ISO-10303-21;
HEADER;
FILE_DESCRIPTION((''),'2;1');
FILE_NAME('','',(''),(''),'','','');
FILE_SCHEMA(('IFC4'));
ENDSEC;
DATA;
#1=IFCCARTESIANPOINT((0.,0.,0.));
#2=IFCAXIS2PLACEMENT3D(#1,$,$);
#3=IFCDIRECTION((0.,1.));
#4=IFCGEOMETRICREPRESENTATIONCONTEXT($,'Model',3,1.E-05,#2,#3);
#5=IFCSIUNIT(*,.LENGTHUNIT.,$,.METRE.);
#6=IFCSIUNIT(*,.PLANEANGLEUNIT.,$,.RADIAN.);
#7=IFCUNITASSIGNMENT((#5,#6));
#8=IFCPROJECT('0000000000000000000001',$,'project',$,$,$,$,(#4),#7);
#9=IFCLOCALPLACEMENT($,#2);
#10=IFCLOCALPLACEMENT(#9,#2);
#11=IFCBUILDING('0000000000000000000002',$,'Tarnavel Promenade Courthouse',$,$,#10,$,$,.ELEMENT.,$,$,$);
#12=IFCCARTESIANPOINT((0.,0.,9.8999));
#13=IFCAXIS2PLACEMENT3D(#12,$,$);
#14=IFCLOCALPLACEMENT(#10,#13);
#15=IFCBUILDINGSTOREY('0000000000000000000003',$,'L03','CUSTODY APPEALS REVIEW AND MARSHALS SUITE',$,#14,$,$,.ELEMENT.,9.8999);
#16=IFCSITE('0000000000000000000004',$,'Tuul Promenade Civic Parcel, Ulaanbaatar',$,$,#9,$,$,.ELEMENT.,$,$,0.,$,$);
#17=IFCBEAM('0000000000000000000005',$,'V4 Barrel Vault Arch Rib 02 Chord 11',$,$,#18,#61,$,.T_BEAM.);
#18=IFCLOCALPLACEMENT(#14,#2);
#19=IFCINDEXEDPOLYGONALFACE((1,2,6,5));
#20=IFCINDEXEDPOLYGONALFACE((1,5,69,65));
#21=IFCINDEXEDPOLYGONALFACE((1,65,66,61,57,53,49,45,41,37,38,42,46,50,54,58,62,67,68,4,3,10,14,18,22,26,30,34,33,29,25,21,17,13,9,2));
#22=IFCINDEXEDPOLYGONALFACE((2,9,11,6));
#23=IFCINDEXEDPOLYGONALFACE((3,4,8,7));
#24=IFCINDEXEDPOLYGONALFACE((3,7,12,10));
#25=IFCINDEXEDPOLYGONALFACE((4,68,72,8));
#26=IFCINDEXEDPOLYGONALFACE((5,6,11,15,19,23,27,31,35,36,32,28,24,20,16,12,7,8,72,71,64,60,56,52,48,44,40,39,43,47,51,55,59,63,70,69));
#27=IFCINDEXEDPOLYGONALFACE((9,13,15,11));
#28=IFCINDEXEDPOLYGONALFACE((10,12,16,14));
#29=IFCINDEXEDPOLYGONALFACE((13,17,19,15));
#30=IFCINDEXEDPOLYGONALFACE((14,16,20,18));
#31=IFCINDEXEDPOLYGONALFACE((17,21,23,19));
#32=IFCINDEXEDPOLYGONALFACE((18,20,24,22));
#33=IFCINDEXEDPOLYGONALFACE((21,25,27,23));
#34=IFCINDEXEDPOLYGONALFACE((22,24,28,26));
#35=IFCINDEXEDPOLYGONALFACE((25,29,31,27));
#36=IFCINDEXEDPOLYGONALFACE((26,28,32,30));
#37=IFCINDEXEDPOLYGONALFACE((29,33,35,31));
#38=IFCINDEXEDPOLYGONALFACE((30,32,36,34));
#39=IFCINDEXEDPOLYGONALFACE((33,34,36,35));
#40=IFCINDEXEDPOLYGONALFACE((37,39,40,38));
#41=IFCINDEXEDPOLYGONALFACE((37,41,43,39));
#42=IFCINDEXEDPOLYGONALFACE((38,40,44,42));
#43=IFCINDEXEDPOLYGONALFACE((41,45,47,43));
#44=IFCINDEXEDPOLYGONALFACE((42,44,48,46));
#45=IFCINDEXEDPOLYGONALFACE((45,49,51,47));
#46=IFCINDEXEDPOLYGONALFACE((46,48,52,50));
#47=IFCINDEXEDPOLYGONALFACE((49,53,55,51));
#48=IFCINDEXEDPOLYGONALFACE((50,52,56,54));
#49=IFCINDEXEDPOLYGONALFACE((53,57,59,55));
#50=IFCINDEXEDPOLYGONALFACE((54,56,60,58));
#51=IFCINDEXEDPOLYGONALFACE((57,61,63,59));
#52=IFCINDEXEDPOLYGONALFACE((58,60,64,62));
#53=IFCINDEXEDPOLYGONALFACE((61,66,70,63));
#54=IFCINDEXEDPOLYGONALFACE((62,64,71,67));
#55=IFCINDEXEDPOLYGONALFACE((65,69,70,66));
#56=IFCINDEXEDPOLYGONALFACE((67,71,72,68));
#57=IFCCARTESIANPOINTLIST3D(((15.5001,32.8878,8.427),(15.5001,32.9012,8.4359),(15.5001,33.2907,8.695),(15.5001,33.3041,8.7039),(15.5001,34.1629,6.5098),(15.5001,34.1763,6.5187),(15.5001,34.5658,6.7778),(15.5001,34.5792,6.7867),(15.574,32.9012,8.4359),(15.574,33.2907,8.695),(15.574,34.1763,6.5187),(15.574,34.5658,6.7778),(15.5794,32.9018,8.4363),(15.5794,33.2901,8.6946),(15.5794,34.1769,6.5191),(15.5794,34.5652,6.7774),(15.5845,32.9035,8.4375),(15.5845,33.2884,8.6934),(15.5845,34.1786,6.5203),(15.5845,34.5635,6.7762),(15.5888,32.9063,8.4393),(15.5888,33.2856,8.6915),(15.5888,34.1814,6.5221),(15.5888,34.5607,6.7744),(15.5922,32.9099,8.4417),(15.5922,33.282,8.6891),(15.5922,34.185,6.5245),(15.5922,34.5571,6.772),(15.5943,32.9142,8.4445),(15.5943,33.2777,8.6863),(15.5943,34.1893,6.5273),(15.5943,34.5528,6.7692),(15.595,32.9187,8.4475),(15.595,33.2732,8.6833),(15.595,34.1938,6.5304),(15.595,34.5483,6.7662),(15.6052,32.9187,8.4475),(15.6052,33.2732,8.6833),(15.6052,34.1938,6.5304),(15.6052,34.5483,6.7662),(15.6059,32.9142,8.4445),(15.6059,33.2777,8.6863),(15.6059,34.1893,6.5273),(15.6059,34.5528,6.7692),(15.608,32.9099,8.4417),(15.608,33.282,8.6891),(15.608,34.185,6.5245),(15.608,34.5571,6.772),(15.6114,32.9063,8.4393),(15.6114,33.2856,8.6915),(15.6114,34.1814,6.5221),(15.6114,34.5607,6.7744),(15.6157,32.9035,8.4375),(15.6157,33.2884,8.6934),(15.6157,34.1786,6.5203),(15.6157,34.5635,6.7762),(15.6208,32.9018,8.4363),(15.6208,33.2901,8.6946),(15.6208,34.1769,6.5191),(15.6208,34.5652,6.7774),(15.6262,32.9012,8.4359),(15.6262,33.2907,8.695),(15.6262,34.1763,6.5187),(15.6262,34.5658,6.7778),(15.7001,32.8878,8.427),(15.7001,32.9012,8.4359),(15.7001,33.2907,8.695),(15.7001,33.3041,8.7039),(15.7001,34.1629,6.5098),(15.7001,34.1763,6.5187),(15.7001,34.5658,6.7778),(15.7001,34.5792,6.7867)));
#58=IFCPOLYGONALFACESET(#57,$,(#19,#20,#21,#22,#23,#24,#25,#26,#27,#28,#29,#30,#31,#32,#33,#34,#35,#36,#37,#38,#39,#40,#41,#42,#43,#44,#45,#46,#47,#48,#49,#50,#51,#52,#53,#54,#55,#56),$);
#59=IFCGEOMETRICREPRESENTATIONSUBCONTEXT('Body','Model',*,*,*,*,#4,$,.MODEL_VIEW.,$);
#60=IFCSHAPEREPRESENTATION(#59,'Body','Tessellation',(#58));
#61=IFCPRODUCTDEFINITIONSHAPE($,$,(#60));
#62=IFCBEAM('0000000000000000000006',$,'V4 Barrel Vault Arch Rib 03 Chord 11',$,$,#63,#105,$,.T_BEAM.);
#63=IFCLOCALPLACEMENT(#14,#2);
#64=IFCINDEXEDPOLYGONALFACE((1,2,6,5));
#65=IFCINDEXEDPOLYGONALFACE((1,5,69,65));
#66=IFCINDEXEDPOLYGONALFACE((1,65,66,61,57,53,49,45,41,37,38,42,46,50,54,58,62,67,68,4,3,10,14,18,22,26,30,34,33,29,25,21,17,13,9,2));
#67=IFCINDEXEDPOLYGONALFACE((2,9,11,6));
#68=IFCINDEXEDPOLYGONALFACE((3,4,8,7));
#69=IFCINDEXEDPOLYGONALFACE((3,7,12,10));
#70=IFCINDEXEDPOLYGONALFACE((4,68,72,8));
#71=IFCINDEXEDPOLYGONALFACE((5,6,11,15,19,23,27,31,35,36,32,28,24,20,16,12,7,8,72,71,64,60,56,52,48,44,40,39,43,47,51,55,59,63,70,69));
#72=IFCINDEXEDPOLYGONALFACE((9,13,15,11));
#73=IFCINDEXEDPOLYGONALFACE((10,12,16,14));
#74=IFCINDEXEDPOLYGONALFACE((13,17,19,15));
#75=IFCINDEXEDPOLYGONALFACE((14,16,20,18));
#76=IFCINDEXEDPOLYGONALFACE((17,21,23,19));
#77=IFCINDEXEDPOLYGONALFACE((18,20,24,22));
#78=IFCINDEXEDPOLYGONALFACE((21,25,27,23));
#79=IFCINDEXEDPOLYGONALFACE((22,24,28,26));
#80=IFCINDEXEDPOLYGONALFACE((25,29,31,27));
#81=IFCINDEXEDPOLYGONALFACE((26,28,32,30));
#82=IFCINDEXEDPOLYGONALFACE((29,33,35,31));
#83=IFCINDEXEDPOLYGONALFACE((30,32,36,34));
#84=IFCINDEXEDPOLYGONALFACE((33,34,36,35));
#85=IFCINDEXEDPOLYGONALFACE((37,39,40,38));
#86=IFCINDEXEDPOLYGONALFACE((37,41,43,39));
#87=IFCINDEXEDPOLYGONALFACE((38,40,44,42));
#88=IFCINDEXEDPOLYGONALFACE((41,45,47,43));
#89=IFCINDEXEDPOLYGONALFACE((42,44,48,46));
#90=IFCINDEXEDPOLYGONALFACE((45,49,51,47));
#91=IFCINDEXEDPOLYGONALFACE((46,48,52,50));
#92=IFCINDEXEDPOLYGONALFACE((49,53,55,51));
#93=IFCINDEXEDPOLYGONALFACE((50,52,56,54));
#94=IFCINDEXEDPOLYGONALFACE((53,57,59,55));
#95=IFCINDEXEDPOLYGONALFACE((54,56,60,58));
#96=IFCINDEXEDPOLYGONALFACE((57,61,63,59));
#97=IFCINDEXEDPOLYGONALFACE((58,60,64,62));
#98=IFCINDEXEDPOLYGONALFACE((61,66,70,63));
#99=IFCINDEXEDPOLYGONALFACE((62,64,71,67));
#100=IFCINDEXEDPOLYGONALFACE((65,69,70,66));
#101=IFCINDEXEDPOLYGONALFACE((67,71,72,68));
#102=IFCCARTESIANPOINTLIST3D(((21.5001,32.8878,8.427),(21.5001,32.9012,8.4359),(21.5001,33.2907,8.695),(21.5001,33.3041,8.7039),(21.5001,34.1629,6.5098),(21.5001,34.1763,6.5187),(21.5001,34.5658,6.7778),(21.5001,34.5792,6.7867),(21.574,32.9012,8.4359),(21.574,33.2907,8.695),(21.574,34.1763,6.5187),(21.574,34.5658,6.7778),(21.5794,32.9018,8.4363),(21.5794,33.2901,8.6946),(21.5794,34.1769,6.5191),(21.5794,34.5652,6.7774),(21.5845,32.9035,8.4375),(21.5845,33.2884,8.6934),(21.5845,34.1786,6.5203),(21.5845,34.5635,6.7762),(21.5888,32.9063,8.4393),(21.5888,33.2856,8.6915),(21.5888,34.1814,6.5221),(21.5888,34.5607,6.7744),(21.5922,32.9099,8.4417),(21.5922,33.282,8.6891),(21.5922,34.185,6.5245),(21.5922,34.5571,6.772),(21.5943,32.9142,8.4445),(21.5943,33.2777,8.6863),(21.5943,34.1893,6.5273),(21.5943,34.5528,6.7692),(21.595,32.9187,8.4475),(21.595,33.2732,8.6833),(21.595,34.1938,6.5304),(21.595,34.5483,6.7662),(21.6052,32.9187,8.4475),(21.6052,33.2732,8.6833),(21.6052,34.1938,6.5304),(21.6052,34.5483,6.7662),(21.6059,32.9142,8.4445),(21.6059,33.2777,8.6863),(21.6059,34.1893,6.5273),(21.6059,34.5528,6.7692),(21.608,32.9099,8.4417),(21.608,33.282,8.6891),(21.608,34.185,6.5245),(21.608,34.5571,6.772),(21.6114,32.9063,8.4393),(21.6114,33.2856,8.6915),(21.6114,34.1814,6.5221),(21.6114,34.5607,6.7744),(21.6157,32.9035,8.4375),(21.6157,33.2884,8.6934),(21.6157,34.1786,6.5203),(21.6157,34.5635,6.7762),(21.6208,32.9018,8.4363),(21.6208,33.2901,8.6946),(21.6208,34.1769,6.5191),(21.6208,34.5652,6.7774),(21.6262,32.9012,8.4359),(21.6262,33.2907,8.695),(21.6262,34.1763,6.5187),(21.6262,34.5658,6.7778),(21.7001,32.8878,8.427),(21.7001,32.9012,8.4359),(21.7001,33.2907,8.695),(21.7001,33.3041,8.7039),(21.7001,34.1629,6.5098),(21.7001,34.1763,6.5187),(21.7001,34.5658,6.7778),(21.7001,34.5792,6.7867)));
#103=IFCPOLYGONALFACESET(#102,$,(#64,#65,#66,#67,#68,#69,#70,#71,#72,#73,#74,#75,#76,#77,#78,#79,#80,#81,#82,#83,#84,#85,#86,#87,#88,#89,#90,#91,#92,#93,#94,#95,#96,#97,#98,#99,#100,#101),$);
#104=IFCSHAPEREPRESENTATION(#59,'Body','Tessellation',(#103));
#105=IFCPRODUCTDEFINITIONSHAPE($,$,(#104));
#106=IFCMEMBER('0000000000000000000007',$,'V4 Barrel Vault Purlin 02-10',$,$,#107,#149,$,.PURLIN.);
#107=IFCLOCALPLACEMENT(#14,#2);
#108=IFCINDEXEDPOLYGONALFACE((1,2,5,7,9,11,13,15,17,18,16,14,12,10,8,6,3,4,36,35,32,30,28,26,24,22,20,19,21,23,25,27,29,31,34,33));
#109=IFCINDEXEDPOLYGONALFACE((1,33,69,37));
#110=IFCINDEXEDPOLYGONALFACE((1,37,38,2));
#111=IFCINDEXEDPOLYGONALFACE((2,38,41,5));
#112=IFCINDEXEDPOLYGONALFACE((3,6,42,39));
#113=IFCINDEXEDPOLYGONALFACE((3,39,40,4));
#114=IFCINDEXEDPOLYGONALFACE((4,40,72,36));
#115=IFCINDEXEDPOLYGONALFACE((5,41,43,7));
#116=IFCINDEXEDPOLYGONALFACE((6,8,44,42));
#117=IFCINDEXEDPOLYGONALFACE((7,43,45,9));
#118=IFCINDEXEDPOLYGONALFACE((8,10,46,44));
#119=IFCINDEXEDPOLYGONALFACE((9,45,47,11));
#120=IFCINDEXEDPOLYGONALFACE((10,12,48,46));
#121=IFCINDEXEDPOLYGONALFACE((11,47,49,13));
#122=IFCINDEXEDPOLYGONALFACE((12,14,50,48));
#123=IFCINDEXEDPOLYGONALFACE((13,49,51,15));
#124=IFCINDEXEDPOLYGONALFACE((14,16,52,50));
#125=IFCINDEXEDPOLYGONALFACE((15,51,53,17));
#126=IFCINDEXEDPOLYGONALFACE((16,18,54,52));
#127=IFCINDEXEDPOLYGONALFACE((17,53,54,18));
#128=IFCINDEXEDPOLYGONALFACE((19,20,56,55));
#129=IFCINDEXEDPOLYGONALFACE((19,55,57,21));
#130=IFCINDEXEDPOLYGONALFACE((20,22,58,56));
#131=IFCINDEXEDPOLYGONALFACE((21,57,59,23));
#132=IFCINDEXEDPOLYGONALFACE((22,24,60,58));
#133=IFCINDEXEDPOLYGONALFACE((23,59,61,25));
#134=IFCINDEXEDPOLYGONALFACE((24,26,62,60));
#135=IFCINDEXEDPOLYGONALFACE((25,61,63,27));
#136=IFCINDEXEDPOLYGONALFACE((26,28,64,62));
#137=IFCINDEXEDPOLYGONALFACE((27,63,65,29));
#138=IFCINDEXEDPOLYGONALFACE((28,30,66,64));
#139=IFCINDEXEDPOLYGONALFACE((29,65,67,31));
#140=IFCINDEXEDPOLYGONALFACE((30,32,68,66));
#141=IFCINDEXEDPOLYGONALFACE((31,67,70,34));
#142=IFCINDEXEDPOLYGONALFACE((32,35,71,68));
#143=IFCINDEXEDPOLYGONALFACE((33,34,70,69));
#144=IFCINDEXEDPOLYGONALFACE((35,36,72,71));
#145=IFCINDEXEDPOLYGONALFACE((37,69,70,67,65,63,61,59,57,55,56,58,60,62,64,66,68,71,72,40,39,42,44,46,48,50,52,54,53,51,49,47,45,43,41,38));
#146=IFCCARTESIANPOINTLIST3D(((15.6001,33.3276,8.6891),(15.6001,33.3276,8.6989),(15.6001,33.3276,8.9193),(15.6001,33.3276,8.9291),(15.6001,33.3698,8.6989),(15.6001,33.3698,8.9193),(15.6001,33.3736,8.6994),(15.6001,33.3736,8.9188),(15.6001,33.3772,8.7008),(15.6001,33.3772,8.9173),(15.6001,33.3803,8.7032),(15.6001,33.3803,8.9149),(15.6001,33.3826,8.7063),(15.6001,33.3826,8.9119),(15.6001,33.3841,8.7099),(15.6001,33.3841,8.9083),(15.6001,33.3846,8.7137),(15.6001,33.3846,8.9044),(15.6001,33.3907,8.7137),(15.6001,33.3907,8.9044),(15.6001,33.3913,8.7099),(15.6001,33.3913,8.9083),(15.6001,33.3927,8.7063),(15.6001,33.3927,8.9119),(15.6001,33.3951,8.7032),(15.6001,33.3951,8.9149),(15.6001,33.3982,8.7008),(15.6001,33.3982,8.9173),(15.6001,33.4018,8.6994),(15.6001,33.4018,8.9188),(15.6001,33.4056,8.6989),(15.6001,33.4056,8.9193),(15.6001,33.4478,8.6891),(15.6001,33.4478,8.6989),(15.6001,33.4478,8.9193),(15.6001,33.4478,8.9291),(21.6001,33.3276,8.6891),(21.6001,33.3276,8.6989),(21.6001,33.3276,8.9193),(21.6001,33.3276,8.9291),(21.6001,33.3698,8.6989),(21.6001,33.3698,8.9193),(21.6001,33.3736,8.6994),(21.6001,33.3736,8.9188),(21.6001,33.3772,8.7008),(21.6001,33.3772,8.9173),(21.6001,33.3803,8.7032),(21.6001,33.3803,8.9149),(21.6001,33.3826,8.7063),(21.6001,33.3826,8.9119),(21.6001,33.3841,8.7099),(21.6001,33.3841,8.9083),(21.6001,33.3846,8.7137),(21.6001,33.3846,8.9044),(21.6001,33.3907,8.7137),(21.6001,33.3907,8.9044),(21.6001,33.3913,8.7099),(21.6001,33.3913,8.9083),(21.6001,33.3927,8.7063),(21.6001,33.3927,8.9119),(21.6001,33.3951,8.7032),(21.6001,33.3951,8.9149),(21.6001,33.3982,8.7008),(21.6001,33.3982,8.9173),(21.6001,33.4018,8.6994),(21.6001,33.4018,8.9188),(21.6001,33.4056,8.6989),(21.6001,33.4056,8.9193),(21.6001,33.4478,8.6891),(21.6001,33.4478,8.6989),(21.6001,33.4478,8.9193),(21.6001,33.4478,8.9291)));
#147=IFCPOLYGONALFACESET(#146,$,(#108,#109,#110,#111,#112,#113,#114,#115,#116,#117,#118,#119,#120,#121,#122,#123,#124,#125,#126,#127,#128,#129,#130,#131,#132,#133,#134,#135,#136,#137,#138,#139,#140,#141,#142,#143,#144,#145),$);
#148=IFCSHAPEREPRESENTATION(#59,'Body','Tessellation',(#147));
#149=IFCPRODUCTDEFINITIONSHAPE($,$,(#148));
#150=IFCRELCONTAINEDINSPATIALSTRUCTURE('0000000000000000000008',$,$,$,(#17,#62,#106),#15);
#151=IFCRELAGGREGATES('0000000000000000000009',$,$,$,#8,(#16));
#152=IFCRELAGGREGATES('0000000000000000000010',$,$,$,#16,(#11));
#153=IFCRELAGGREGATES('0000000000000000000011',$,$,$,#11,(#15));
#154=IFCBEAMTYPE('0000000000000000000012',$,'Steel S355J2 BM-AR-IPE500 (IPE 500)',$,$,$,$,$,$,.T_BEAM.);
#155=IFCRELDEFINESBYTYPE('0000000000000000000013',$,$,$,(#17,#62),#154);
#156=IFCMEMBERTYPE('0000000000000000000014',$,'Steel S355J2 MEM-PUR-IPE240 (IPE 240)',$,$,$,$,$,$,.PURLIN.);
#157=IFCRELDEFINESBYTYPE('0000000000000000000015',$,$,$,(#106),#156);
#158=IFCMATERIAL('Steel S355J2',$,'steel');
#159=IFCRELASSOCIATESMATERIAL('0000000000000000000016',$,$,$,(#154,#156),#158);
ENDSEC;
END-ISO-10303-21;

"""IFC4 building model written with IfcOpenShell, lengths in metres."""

from ifc_helpers import new_model, si_unit, direction, frame, origin, origin_2d, place, context, subcontext, project, spatial, i_section, extrude, material, material_profile, profile_set, type_object, element, save


model = new_model("IFC4")

# Units and contexts
model_context = context("Model", 3, precision=1e-05, world=origin(), true_north=direction((0.0, 1.0)))
body_context = subcontext(model_context, "Body", "Model", "MODEL_VIEW")
ifc_project = project(units=[si_unit("LENGTHUNIT", "METRE"), si_unit("PLANEANGLEUNIT", "RADIAN")], contexts=[model_context])

# Site, building, storey
site_placement = place(None, origin())
site = spatial("IfcSite", under=ifc_project, at=site_placement, Name="Tuul Promenade Civic Parcel, Ulaanbaatar", CompositionType="ELEMENT", RefElevation=0.0)
building_placement = place(site_placement, origin())
building = spatial("IfcBuilding", under=site, at=building_placement, Name="Tarnavel Promenade Courthouse", CompositionType="ELEMENT")
storey_placement = place(building_placement, frame((0.0, 0.0, 9.8999)))
storey = spatial("IfcBuildingStorey", under=building, at=storey_placement, Name="L03", Description="CUSTODY APPEALS REVIEW AND MARSHALS SUITE", CompositionType="ELEMENT", Elevation=9.8999)

# Beams
ifc_material_1 = material(Name="Steel S355J2", Category="steel")
ifc_material_profile_1 = material_profile(ifc_material_1, i_section(OverallWidth=0.2, OverallDepth=0.5, WebThickness=0.0103, FlangeThickness=0.0161, FilletRadius=0.021, at=origin_2d()), Name="IPE 500")
ifc_profile_set_1 = profile_set([ifc_material_profile_1], Name="Steel S355J2")
beam_type = type_object("IfcBeamType", Name="Steel S355J2 BM-AR-IPE500 (IPE 500)", PredefinedType="T_BEAM", material=ifc_profile_set_1)
for number, where, z_axis, x_axis, name in (
    (1, (15.6001, 33.0959, 8.5654), (0.0, 0.553795, -0.832653), (-1.0, 0.0, 0.0), "V4 Barrel Vault Arch Rib 02 Chord 11"),
    (2, (21.6001, 33.0959, 8.5654), (0.0, 0.553795, -0.832653), (-1.0, 0.0, 0.0), "V4 Barrel Vault Arch Rib 03 Chord 11"),
):
    element("IfcBeam", number, at=place(storey_placement, frame(where, z_axis=z_axis, x_axis=x_axis)), inside=storey, type_object=beam_type, Name=name, PredefinedType="T_BEAM", context=body_context, shape_type="SweptSolid", body=[
        extrude(i_section(OverallWidth=0.2, OverallDepth=0.5, WebThickness=0.0103, FlangeThickness=0.0161, FilletRadius=0.021, at=origin_2d()), origin(), (0.0, 0.0, 1.0), 2.3025),
    ])

# Member
ifc_material_profile_2 = material_profile(ifc_material_1, i_section(OverallWidth=0.1201, OverallDepth=0.24, WebThickness=0.0061, FlangeThickness=0.0098, FilletRadius=0.0149, at=origin_2d()), Name="IPE 240")
ifc_profile_set_2 = profile_set([ifc_material_profile_2], Name="Steel S355J2")
member_type_1 = type_object("IfcMemberType", Name="Steel S355J2 MEM-PUR-IPE240 (IPE 240)", PredefinedType="PURLIN", material=ifc_profile_set_2)
member_1_placement = place(storey_placement, frame((15.6001, 33.3877, 8.8091), z_axis=(1.0, 0.0, 0.0), x_axis=(0.0, 1.0, 0.0)))
element("IfcMember", 3, at=member_1_placement, inside=storey, type_object=member_type_1, Name="V4 Barrel Vault Purlin 02-10", PredefinedType="PURLIN", context=body_context, shape_type="SweptSolid", body=[
    extrude(i_section(OverallWidth=0.1201, OverallDepth=0.24, WebThickness=0.0061, FlangeThickness=0.0098, FilletRadius=0.0149, at=origin_2d()), origin(), (0.0, 0.0, 1.0), 6.0),
])

save(model, "model.ifc")
